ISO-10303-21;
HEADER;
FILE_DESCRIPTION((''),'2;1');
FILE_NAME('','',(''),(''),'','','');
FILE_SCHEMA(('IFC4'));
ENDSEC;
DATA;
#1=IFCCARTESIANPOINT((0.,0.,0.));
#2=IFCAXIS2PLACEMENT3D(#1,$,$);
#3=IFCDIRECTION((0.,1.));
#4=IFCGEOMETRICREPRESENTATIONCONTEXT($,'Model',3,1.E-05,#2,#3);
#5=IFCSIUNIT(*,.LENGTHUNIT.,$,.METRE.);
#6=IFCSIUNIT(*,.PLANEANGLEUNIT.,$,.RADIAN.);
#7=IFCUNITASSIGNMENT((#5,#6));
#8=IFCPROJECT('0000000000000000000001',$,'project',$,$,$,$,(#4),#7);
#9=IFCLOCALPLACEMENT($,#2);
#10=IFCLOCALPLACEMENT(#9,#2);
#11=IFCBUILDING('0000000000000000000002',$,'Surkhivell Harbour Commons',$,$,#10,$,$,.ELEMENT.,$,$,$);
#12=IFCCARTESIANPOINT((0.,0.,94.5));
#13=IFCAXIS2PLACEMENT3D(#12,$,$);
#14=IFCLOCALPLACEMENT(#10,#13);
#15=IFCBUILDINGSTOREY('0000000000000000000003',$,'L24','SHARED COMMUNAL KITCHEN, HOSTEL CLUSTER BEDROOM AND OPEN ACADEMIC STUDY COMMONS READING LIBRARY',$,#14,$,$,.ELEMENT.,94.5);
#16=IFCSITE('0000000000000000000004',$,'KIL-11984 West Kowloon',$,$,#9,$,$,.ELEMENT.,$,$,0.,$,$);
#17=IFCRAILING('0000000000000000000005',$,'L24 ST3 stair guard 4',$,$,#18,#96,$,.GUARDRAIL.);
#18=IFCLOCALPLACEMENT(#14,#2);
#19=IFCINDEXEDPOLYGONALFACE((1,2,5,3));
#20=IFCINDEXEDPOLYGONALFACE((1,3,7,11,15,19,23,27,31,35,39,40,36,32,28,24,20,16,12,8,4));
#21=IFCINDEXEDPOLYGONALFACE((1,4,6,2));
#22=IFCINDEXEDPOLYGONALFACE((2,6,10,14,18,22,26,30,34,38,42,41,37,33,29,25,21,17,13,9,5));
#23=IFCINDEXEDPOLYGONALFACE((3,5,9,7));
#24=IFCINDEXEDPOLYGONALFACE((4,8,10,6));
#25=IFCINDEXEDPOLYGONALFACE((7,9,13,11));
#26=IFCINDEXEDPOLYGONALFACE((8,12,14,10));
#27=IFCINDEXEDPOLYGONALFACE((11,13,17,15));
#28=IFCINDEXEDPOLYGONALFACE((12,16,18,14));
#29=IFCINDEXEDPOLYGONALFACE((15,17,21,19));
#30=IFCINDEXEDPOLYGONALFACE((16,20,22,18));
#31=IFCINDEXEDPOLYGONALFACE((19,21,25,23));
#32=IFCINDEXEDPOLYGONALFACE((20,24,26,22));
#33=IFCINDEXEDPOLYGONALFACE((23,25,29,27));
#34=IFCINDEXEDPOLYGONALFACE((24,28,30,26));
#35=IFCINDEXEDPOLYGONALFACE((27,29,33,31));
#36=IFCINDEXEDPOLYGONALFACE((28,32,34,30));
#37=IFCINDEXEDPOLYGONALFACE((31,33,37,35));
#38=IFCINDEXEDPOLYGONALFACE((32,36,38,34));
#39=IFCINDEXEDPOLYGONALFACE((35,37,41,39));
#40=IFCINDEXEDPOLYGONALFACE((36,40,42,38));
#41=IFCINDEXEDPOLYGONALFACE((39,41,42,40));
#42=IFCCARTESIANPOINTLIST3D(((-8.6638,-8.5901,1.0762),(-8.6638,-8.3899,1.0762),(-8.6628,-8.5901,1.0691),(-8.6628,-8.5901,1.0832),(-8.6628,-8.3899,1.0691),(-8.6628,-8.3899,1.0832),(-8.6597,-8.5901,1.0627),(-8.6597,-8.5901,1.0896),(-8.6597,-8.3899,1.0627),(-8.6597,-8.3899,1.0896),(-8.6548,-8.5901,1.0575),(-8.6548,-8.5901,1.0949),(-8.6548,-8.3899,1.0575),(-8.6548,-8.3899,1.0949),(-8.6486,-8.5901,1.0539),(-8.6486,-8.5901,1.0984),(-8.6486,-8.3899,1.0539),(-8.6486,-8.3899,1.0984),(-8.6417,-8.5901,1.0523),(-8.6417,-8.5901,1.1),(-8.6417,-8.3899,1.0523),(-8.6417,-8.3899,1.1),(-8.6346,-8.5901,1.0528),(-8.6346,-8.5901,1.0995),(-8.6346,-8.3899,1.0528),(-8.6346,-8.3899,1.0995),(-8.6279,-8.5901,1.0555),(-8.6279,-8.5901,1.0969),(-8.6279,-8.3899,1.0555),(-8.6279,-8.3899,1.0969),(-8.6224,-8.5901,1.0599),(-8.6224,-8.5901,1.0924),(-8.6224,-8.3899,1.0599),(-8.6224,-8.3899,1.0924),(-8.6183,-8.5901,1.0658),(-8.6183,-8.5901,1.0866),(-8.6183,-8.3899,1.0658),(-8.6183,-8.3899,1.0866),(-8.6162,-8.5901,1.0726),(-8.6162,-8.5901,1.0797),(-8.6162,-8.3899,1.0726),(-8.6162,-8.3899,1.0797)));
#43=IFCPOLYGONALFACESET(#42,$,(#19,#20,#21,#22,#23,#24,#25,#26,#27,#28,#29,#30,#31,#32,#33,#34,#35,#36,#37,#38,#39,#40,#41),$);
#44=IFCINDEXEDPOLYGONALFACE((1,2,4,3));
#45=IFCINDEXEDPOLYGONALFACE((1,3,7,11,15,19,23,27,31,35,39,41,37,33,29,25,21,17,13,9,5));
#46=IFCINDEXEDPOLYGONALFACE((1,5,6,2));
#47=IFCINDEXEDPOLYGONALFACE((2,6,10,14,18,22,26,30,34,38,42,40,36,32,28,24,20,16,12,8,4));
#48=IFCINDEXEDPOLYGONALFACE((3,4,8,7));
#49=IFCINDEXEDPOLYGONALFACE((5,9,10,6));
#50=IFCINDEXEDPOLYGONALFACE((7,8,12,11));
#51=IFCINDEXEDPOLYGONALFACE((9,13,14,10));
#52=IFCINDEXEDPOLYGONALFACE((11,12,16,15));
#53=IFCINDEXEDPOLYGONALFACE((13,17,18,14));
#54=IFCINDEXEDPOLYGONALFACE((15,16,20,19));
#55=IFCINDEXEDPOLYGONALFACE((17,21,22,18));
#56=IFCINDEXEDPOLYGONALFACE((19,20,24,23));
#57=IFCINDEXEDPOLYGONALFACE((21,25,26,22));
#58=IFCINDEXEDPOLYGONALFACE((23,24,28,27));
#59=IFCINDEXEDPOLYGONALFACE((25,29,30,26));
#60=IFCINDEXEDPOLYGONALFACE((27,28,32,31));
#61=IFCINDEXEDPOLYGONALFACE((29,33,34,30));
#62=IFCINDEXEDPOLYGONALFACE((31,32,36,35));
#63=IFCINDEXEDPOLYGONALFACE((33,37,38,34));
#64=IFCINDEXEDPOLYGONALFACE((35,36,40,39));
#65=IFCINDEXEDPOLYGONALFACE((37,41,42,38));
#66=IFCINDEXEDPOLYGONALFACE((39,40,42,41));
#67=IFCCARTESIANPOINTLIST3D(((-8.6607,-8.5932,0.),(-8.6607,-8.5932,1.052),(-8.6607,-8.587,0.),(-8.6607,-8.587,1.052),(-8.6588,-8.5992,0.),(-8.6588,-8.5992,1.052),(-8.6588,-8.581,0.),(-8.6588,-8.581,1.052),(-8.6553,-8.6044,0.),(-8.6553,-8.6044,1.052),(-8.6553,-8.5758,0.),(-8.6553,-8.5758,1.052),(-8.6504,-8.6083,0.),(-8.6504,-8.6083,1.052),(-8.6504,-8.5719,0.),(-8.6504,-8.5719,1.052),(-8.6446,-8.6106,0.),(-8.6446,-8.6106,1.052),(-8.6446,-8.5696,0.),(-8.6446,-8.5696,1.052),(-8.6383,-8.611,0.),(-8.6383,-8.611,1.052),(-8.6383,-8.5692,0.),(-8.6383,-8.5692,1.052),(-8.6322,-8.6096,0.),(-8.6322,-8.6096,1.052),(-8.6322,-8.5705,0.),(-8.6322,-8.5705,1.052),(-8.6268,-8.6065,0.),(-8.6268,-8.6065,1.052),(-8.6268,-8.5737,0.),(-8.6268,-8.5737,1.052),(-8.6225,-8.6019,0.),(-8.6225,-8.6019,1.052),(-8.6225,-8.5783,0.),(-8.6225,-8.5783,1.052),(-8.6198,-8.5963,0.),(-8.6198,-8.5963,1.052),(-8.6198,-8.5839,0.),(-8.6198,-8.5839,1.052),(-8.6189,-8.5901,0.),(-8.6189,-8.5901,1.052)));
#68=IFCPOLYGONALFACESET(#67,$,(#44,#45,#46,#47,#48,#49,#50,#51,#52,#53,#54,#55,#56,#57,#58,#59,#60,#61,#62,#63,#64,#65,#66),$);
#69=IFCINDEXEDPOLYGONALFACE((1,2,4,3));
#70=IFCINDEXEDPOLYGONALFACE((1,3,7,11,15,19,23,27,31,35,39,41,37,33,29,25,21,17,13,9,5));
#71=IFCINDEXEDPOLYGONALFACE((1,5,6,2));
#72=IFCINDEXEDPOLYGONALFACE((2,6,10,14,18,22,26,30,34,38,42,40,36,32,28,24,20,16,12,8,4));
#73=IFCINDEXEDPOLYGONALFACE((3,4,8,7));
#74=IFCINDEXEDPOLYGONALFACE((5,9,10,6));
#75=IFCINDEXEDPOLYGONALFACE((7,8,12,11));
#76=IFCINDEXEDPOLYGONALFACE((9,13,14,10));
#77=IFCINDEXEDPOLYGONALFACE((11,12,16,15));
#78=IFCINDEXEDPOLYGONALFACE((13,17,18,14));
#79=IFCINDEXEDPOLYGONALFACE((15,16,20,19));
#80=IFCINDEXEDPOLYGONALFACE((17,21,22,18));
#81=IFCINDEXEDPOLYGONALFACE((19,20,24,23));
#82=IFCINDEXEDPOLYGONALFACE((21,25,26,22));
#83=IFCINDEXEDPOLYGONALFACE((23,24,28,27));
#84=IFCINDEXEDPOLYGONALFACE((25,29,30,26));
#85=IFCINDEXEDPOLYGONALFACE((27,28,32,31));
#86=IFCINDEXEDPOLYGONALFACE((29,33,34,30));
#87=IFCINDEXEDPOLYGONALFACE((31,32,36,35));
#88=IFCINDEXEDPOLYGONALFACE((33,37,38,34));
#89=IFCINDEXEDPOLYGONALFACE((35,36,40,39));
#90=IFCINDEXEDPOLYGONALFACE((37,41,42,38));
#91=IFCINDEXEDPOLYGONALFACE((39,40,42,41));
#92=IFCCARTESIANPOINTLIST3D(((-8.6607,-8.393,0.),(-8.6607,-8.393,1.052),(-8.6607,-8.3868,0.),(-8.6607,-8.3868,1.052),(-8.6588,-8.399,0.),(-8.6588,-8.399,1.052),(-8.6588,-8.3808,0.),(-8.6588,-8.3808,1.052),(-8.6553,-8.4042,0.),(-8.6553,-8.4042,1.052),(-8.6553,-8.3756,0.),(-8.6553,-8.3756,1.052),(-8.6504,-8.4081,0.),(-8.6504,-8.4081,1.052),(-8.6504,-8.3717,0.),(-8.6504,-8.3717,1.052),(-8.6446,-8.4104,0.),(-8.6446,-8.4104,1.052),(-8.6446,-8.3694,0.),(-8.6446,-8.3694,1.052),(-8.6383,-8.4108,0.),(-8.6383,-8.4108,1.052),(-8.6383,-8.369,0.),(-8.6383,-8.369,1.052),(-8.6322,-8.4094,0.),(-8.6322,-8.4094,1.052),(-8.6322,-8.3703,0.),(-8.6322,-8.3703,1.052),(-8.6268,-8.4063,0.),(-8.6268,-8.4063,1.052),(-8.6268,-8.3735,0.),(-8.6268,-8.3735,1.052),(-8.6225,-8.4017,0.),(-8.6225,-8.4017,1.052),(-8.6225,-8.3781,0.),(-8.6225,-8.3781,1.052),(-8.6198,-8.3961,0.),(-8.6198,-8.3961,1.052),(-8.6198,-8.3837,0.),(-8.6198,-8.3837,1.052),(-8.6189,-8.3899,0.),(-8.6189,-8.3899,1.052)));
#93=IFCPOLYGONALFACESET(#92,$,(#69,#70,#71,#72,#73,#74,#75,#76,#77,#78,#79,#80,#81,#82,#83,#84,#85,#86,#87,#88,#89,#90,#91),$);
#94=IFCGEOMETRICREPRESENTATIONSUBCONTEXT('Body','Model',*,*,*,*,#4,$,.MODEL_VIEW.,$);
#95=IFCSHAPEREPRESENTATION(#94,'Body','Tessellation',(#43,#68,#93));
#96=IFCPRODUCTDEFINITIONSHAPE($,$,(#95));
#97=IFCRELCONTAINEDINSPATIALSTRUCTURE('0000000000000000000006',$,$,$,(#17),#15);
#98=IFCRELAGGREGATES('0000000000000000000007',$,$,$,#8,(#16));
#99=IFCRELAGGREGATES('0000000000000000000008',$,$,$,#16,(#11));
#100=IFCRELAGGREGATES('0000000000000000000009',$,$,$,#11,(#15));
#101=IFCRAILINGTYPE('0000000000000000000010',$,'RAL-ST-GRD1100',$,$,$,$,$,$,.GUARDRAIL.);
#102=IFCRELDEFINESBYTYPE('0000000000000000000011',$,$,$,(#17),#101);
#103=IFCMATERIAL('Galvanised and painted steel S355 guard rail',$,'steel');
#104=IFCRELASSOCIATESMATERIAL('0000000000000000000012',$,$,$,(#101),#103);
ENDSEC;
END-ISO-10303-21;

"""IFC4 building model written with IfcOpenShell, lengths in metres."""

from ifc_helpers import new_model, si_unit, direction, frame, origin, origin_2d, place, context, subcontext, project, spatial, circle, extrude, material, type_object, element, save


model = new_model("IFC4")

# Units and contexts
model_context = context("Model", 3, precision=1e-05, world=origin(), true_north=direction((0.0, 1.0)))
body_context = subcontext(model_context, "Body", "Model", "MODEL_VIEW")
ifc_project = project(units=[si_unit("LENGTHUNIT", "METRE"), si_unit("PLANEANGLEUNIT", "RADIAN")], contexts=[model_context])

# Site, building, storey
site_placement = place(None, origin())
site = spatial("IfcSite", under=ifc_project, at=site_placement, Name="KIL-11984 West Kowloon", CompositionType="ELEMENT", RefElevation=0.0)
building_placement = place(site_placement, origin())
building = spatial("IfcBuilding", under=site, at=building_placement, Name="Surkhivell Harbour Commons", CompositionType="ELEMENT")
storey_placement = place(building_placement, frame((0.0, 0.0, 94.5)))
storey = spatial("IfcBuildingStorey", under=building, at=storey_placement, Name="L24", Description="SHARED COMMUNAL KITCHEN, HOSTEL CLUSTER BEDROOM AND OPEN ACADEMIC STUDY COMMONS READING LIBRARY", CompositionType="ELEMENT", Elevation=94.5)

# Railing
ifc_material_1 = material(Name="Galvanised and painted steel S355 guard rail", Category="steel")
railing_type_1 = type_object("IfcRailingType", Name="RAL-ST-GRD1100", PredefinedType="GUARDRAIL", material=ifc_material_1)
railing_1_placement = place(storey_placement, frame((-8.6399, -8.5901, 0.0)))
element("IfcRailing", 1, at=railing_1_placement, inside=storey, type_object=railing_type_1, Name="L24 ST3 stair guard 4", PredefinedType="GUARDRAIL", context=body_context, shape_type="SweptSolid", body=[
    extrude(circle(Radius=0.0239, at=origin_2d()), frame((0.0, 0.0, 1.0762), z_axis=(0.0, 1.0, 0.0), x_axis=(-1.0, 0.0, 0.0)), (0.0, 0.0, 1.0), 0.2002),
    extrude(circle(Radius=0.021, at=origin_2d()), origin(), (0.0, 0.0, 1.0), 1.052),
    extrude(circle(Radius=0.021, at=origin_2d()), frame((0.0, 0.2002, 0.0)), (0.0, 0.0, 1.0), 1.052),
])

save(model, "model.ifc")
